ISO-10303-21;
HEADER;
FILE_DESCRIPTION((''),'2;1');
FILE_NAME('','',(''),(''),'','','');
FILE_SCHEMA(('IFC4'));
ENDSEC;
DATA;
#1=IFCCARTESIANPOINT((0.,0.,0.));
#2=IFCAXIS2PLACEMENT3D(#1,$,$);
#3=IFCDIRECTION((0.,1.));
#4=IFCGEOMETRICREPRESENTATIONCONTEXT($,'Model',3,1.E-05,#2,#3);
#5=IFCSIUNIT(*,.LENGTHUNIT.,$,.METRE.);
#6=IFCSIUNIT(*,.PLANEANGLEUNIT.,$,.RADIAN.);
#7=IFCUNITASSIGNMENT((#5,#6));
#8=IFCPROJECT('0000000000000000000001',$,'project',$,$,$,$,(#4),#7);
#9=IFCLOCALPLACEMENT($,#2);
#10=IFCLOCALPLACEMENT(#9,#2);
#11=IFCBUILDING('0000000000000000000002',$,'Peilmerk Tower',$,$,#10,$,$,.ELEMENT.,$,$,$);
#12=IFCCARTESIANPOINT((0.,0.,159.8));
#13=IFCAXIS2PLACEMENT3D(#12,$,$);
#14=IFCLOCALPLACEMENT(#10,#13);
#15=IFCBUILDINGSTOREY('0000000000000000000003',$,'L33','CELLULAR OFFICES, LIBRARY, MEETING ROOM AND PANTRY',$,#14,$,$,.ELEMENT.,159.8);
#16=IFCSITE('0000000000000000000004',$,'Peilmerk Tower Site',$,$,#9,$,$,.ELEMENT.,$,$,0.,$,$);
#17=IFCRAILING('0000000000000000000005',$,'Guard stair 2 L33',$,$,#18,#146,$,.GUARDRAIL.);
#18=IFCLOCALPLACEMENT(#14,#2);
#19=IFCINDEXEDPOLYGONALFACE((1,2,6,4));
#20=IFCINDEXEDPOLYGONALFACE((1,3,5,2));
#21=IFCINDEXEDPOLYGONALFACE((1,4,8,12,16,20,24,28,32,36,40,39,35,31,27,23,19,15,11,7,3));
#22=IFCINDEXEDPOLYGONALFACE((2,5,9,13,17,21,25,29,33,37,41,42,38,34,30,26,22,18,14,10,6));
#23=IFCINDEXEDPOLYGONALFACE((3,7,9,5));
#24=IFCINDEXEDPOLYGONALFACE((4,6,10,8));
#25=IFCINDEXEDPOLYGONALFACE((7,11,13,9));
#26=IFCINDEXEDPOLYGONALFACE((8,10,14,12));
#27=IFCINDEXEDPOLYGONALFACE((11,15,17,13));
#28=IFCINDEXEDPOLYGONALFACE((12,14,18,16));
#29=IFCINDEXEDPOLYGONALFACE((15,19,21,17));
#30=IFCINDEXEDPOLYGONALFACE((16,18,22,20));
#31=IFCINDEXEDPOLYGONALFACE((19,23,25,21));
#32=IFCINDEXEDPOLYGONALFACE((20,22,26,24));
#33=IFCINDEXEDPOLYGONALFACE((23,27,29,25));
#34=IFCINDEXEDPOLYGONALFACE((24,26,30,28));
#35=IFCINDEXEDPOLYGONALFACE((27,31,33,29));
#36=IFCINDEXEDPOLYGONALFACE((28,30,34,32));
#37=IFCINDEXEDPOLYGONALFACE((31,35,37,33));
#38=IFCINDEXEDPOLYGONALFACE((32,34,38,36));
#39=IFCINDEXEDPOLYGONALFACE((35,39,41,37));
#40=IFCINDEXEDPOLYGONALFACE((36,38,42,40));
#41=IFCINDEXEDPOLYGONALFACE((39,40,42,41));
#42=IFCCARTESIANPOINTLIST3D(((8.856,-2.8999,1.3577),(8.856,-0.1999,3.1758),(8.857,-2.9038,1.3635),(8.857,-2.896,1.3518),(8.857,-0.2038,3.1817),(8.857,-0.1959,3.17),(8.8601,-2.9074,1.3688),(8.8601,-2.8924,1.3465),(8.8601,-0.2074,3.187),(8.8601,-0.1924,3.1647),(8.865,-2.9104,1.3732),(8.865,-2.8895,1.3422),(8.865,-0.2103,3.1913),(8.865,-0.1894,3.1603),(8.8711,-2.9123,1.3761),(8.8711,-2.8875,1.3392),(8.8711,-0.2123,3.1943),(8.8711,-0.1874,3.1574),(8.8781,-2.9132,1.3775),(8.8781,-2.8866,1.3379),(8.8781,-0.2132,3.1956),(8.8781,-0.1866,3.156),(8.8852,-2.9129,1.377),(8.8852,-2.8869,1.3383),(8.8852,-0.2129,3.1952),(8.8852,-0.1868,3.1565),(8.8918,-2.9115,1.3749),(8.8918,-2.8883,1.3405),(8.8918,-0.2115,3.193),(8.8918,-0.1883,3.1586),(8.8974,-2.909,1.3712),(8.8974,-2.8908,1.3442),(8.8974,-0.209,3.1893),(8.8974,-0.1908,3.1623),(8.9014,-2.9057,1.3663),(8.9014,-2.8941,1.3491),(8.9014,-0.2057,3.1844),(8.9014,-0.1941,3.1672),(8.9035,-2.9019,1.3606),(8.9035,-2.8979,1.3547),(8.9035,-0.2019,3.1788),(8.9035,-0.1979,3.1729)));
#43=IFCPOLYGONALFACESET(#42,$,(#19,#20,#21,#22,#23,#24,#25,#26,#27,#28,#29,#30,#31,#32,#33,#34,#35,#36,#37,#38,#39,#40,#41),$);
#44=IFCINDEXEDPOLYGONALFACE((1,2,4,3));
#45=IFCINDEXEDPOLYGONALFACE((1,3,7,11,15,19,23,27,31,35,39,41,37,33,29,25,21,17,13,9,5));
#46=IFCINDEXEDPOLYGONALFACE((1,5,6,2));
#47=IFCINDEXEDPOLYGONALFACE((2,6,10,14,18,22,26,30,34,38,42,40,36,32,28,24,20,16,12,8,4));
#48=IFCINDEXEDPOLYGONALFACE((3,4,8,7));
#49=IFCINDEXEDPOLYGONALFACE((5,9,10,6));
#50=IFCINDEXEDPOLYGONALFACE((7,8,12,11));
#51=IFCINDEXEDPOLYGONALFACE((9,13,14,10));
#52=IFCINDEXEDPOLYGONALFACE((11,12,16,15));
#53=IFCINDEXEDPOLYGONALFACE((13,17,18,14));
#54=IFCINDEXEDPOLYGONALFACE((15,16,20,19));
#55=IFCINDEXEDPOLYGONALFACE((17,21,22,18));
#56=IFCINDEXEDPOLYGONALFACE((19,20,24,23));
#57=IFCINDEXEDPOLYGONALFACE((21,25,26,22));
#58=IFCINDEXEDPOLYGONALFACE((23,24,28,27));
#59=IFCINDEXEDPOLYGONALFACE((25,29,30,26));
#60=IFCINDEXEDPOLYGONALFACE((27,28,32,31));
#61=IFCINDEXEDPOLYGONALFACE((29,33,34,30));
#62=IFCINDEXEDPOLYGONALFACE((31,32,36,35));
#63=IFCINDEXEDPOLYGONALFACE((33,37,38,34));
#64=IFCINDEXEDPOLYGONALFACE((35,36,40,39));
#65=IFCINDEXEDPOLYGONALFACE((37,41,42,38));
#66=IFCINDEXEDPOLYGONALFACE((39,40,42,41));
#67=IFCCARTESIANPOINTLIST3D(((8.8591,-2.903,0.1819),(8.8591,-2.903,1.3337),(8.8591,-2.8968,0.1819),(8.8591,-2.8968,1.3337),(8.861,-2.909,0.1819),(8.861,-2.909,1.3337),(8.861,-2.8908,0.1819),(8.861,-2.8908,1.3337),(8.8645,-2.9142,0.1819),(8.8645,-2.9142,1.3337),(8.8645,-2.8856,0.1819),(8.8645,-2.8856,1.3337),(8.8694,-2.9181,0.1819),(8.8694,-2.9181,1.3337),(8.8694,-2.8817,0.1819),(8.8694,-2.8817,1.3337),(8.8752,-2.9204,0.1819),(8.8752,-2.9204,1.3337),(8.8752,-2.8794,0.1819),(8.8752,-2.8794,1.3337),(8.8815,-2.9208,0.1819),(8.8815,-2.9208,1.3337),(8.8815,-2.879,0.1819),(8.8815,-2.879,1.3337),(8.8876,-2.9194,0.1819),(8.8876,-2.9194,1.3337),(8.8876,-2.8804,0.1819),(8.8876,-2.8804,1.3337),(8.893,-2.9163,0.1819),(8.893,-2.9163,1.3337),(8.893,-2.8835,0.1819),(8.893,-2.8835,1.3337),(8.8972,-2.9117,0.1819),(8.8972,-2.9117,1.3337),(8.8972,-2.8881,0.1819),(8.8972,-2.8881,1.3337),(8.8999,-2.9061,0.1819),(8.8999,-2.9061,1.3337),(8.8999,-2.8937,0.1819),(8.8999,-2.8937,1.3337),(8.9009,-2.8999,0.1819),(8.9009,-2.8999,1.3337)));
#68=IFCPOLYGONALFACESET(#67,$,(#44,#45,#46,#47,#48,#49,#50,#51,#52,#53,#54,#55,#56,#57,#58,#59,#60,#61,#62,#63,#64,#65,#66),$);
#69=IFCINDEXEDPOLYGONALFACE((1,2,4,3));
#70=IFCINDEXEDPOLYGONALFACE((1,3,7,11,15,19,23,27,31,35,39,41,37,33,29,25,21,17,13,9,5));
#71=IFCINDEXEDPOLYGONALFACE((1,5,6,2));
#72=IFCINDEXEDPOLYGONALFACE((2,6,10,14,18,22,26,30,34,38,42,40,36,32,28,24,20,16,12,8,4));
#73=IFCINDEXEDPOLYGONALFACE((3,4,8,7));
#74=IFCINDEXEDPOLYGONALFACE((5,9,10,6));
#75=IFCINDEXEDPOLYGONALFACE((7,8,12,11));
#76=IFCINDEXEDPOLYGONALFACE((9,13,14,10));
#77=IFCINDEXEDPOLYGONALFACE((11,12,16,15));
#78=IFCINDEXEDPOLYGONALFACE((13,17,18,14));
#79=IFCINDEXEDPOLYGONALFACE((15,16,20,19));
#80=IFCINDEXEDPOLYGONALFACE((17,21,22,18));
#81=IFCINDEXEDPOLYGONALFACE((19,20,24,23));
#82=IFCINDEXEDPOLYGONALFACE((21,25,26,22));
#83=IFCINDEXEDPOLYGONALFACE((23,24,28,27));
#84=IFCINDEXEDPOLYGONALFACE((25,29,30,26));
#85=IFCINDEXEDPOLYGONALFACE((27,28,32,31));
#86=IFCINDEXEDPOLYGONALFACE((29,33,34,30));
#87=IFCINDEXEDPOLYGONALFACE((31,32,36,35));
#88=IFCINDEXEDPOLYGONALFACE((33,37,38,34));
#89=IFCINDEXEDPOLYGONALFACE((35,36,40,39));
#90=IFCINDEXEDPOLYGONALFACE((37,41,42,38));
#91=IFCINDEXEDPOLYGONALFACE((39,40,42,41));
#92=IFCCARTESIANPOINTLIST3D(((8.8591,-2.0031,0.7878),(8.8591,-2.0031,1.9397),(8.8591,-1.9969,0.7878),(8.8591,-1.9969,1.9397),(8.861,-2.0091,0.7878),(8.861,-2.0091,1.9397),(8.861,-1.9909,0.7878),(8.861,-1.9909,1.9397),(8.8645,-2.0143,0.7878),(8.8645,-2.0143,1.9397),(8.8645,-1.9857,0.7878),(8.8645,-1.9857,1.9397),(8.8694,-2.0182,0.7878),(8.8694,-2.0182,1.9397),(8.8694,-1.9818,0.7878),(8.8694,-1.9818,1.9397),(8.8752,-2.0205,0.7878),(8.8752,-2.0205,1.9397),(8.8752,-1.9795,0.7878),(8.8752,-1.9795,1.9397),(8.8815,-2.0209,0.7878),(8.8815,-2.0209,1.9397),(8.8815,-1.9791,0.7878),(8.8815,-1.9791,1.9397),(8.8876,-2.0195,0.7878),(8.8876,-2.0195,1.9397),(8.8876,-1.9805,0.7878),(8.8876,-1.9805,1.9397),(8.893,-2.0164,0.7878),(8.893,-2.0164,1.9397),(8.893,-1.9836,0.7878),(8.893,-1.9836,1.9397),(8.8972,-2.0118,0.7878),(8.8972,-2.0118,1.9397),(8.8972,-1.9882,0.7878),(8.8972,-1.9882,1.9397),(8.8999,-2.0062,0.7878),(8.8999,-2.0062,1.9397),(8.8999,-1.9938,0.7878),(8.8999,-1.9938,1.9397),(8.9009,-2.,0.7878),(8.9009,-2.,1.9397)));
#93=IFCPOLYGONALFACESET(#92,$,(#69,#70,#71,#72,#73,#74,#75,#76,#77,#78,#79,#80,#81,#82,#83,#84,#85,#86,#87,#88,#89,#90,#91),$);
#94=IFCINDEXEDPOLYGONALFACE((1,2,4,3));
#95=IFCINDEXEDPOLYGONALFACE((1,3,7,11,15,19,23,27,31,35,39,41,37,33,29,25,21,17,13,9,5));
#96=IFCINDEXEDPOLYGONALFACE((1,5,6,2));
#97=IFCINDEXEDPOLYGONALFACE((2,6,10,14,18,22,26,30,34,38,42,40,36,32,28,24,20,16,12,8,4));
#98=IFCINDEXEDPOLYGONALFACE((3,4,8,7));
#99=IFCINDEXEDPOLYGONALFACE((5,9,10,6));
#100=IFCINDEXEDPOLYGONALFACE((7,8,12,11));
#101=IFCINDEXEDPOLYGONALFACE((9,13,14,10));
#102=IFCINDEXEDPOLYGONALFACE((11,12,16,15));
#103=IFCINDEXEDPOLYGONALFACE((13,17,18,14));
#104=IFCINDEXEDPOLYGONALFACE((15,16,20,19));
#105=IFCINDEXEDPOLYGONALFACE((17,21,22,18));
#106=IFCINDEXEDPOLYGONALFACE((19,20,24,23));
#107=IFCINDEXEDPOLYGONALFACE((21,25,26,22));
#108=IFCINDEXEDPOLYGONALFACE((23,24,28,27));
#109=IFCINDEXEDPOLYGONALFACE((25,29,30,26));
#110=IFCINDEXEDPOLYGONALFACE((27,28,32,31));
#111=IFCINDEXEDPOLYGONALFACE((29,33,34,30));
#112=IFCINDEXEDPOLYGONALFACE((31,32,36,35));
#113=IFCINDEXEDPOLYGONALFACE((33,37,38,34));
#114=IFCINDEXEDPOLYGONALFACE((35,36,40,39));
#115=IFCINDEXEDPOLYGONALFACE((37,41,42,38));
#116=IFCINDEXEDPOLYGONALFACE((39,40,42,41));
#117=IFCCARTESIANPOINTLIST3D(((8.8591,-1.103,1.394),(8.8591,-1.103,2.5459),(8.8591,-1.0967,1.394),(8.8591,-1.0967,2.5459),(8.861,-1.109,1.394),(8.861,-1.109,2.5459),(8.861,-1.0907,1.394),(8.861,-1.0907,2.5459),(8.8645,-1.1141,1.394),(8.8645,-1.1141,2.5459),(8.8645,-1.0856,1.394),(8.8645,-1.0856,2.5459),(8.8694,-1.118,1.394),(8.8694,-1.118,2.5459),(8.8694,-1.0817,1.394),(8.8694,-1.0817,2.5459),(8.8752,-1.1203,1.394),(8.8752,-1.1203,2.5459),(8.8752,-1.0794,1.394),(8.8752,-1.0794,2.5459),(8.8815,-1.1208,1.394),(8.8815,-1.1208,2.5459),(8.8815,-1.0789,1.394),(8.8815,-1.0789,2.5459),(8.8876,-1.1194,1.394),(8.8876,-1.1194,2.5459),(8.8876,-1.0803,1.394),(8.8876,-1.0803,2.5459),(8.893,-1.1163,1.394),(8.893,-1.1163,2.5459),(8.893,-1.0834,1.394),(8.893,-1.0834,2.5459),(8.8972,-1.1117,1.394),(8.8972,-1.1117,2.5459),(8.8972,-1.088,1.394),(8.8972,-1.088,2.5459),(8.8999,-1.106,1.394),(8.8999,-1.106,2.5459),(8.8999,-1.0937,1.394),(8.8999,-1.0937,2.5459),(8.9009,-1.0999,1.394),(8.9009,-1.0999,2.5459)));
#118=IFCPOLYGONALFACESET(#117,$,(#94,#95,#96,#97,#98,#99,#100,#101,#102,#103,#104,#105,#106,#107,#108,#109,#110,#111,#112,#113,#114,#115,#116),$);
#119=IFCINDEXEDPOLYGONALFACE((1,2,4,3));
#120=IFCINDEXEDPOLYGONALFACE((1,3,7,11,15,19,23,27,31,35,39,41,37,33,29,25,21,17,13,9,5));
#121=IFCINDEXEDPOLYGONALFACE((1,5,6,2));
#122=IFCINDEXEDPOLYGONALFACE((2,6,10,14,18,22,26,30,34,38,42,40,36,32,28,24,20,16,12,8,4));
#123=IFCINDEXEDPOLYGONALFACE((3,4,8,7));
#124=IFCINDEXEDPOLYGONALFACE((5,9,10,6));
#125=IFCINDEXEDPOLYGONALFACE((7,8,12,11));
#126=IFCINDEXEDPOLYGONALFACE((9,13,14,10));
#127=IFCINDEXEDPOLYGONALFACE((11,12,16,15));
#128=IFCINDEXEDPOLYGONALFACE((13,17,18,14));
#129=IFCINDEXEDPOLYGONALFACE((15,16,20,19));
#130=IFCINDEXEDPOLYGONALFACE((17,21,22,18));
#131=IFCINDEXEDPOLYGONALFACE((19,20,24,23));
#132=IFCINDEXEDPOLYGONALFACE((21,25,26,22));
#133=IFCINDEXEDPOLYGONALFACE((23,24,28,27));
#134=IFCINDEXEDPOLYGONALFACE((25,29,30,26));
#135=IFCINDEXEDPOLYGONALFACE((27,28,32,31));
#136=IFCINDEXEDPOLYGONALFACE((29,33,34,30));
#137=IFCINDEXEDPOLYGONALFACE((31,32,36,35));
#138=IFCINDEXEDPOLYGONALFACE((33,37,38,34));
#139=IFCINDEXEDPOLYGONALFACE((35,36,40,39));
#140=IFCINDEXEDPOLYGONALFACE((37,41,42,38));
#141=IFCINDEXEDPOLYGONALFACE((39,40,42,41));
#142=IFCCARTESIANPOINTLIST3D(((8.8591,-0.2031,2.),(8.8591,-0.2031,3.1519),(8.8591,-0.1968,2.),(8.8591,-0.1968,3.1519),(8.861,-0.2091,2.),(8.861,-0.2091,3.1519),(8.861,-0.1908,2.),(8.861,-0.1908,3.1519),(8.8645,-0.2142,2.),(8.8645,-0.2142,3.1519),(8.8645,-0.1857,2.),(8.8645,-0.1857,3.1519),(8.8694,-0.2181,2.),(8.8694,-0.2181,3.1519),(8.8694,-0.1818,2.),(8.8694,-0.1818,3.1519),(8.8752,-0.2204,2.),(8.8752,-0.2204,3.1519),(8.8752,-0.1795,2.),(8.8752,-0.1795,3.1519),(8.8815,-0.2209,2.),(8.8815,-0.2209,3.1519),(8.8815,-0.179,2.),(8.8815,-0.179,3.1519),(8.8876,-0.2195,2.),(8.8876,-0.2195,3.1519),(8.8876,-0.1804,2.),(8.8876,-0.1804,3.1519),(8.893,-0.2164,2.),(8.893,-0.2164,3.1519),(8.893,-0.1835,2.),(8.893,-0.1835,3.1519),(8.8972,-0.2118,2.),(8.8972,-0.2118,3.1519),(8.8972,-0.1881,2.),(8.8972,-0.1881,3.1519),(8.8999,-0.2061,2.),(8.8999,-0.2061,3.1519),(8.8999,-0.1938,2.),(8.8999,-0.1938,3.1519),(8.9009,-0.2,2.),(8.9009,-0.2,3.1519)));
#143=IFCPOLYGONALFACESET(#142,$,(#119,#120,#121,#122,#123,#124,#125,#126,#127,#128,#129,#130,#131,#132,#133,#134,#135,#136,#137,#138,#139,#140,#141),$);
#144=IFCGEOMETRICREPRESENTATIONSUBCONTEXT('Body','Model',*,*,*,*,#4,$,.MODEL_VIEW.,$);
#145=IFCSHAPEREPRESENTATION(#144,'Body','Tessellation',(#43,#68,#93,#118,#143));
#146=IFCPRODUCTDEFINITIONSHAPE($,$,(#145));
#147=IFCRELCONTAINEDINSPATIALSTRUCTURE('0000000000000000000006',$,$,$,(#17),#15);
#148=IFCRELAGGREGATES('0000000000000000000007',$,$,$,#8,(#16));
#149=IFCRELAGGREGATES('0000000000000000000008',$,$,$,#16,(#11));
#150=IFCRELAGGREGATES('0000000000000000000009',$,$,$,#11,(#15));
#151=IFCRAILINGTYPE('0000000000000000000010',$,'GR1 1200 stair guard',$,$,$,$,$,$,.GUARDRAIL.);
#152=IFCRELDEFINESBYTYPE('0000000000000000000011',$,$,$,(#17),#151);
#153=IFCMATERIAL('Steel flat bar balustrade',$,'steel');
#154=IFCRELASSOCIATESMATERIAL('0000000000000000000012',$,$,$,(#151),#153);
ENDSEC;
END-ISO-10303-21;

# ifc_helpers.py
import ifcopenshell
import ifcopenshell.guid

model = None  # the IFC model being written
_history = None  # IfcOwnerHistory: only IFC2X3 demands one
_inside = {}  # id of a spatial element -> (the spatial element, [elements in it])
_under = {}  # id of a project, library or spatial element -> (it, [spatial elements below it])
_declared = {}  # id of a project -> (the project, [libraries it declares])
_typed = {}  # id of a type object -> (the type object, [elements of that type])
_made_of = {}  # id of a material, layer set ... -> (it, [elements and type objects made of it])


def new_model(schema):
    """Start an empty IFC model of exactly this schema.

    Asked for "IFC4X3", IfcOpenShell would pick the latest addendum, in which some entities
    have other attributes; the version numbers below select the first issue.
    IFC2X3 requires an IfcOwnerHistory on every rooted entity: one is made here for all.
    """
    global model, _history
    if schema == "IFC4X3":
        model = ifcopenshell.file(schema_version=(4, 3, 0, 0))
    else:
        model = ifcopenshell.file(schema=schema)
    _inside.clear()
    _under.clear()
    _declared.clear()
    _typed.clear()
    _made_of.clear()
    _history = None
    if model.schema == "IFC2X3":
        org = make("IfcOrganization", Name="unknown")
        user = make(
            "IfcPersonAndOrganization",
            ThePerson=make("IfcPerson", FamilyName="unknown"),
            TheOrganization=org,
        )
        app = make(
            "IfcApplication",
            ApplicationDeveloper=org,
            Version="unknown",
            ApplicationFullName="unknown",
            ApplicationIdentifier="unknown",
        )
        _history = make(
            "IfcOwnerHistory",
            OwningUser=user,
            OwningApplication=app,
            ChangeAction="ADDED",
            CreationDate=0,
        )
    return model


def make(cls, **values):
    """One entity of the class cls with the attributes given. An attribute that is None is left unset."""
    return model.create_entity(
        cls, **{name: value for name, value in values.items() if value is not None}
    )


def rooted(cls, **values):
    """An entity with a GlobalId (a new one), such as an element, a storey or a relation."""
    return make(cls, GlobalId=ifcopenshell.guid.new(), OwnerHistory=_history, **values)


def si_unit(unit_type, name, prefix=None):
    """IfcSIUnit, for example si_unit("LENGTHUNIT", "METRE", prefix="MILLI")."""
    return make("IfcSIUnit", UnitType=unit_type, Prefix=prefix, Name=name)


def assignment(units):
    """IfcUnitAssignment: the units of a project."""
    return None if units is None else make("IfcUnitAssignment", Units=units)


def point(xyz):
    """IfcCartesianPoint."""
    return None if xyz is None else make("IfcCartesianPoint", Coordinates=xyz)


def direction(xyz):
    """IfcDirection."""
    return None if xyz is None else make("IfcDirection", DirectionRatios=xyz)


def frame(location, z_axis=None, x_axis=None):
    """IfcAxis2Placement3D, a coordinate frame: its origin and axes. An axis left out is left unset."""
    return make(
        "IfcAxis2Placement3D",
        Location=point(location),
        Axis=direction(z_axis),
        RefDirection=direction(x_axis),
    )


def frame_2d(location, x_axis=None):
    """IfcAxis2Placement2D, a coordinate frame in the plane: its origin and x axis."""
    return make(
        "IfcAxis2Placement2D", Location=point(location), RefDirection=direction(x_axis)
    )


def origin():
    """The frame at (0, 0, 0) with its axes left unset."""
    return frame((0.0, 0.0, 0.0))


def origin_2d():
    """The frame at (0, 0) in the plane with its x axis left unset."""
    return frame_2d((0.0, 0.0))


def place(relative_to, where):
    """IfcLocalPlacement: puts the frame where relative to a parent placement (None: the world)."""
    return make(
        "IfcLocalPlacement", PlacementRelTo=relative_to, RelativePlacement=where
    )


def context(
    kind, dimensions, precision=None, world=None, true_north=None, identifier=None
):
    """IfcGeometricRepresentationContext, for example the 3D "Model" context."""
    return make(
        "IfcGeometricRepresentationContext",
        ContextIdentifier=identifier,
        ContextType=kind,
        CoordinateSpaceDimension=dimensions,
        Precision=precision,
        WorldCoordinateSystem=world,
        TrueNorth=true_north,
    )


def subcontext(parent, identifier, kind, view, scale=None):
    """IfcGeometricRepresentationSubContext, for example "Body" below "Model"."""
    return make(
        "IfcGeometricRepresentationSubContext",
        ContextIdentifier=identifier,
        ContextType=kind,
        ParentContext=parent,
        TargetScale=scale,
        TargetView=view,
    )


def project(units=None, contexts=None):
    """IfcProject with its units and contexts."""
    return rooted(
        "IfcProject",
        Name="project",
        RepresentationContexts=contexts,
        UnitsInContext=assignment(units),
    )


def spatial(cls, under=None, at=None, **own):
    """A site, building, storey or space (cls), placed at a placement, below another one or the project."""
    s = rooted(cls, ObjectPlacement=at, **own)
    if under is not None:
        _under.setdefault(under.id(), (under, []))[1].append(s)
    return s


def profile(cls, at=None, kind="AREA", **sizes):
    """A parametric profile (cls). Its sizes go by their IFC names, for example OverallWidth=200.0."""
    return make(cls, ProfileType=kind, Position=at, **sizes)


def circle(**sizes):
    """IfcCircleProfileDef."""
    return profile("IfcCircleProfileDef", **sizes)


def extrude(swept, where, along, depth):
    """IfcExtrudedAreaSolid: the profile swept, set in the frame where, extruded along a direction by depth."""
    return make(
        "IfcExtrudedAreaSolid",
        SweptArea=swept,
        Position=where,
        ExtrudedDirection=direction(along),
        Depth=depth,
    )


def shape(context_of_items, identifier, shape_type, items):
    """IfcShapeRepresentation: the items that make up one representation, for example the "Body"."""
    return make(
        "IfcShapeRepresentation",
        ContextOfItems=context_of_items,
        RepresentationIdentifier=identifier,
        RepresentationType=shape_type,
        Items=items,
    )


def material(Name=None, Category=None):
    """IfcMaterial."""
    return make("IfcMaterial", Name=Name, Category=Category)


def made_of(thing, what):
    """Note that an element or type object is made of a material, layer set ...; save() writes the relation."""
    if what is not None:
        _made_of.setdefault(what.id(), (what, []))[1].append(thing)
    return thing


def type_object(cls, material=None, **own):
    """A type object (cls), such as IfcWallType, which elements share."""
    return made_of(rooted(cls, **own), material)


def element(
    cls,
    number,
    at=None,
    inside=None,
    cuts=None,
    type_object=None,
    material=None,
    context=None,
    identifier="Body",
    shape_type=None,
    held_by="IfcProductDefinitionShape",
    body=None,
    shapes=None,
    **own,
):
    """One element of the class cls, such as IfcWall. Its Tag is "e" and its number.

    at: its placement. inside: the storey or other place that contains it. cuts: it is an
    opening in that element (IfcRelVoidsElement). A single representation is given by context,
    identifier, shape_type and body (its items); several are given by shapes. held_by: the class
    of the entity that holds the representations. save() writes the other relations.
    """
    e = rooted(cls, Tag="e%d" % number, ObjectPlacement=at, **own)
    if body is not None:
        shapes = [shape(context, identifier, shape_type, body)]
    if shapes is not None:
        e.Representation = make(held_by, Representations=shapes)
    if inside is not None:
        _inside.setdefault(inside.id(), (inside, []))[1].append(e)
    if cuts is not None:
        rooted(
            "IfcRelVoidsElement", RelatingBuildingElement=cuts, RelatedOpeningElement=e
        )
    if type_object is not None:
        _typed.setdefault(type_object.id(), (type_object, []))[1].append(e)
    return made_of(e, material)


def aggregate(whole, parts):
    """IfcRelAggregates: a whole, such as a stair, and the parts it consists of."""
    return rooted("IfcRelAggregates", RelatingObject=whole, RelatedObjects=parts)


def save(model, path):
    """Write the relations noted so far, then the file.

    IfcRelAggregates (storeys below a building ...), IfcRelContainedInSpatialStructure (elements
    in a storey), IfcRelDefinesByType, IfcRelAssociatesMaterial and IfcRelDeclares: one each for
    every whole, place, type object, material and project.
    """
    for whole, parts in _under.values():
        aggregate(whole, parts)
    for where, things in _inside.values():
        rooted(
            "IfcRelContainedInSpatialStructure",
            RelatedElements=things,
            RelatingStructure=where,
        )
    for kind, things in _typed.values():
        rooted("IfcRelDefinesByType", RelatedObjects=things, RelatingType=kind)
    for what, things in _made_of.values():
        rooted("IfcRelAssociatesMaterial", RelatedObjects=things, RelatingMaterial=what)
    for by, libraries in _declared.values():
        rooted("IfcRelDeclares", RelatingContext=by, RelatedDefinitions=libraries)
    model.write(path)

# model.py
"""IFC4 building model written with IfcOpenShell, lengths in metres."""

from ifc_helpers import new_model, si_unit, direction, frame, origin, origin_2d, place, context, subcontext, project, spatial, circle, extrude, material, type_object, element, save


model = new_model("IFC4")

# Units and contexts
model_context = context("Model", 3, precision=1e-05, world=origin(), true_north=direction((0.0, 1.0)))
body_context = subcontext(model_context, "Body", "Model", "MODEL_VIEW")
ifc_project = project(units=[si_unit("LENGTHUNIT", "METRE"), si_unit("PLANEANGLEUNIT", "RADIAN")], contexts=[model_context])

# Site, building, storey
site_placement = place(None, origin())
site = spatial("IfcSite", under=ifc_project, at=site_placement, Name="Peilmerk Tower Site", CompositionType="ELEMENT", RefElevation=0.0)
building_placement = place(site_placement, origin())
building = spatial("IfcBuilding", under=site, at=building_placement, Name="Peilmerk Tower", CompositionType="ELEMENT")
storey_placement = place(building_placement, frame((0.0, 0.0, 159.8)))
storey = spatial("IfcBuildingStorey", under=building, at=storey_placement, Name="L33", Description="CELLULAR OFFICES, LIBRARY, MEETING ROOM AND PANTRY", CompositionType="ELEMENT", Elevation=159.8)

# Railing
ifc_material_1 = material(Name="Steel flat bar balustrade", Category="steel")
railing_type_1 = type_object("IfcRailingType", Name="GR1 1200 stair guard", PredefinedType="GUARDRAIL", material=ifc_material_1)
railing_1_placement = place(storey_placement, frame((8.8799, -2.8999, 0.1819)))
element("IfcRailing", 1, at=railing_1_placement, inside=storey, type_object=railing_type_1, Name="Guard stair 2 L33", PredefinedType="GUARDRAIL", context=body_context, shape_type="SweptSolid", body=[
    extrude(circle(Radius=0.0239, at=origin_2d()), frame((0.0, 0.0, 1.1758), z_axis=(0.0, 0.829468, 0.558554), x_axis=(-1.0, 0.0, 0.0)), (0.0, 0.0, 1.0), 3.2551),
    extrude(circle(Radius=0.021, at=origin_2d()), origin(), (0.0, 0.0, 1.0), 1.1519),
    extrude(circle(Radius=0.021, at=origin_2d()), frame((0.0, 0.8999, 0.606)), (0.0, 0.0, 1.0), 1.1519),
    extrude(circle(Radius=0.021, at=origin_2d()), frame((0.0, 1.8, 1.2122)), (0.0, 0.0, 1.0), 1.1519),
    extrude(circle(Radius=0.021, at=origin_2d()), frame((0.0, 2.7, 1.8181)), (0.0, 0.0, 1.0), 1.1519),
])

save(model, "model.ifc")
